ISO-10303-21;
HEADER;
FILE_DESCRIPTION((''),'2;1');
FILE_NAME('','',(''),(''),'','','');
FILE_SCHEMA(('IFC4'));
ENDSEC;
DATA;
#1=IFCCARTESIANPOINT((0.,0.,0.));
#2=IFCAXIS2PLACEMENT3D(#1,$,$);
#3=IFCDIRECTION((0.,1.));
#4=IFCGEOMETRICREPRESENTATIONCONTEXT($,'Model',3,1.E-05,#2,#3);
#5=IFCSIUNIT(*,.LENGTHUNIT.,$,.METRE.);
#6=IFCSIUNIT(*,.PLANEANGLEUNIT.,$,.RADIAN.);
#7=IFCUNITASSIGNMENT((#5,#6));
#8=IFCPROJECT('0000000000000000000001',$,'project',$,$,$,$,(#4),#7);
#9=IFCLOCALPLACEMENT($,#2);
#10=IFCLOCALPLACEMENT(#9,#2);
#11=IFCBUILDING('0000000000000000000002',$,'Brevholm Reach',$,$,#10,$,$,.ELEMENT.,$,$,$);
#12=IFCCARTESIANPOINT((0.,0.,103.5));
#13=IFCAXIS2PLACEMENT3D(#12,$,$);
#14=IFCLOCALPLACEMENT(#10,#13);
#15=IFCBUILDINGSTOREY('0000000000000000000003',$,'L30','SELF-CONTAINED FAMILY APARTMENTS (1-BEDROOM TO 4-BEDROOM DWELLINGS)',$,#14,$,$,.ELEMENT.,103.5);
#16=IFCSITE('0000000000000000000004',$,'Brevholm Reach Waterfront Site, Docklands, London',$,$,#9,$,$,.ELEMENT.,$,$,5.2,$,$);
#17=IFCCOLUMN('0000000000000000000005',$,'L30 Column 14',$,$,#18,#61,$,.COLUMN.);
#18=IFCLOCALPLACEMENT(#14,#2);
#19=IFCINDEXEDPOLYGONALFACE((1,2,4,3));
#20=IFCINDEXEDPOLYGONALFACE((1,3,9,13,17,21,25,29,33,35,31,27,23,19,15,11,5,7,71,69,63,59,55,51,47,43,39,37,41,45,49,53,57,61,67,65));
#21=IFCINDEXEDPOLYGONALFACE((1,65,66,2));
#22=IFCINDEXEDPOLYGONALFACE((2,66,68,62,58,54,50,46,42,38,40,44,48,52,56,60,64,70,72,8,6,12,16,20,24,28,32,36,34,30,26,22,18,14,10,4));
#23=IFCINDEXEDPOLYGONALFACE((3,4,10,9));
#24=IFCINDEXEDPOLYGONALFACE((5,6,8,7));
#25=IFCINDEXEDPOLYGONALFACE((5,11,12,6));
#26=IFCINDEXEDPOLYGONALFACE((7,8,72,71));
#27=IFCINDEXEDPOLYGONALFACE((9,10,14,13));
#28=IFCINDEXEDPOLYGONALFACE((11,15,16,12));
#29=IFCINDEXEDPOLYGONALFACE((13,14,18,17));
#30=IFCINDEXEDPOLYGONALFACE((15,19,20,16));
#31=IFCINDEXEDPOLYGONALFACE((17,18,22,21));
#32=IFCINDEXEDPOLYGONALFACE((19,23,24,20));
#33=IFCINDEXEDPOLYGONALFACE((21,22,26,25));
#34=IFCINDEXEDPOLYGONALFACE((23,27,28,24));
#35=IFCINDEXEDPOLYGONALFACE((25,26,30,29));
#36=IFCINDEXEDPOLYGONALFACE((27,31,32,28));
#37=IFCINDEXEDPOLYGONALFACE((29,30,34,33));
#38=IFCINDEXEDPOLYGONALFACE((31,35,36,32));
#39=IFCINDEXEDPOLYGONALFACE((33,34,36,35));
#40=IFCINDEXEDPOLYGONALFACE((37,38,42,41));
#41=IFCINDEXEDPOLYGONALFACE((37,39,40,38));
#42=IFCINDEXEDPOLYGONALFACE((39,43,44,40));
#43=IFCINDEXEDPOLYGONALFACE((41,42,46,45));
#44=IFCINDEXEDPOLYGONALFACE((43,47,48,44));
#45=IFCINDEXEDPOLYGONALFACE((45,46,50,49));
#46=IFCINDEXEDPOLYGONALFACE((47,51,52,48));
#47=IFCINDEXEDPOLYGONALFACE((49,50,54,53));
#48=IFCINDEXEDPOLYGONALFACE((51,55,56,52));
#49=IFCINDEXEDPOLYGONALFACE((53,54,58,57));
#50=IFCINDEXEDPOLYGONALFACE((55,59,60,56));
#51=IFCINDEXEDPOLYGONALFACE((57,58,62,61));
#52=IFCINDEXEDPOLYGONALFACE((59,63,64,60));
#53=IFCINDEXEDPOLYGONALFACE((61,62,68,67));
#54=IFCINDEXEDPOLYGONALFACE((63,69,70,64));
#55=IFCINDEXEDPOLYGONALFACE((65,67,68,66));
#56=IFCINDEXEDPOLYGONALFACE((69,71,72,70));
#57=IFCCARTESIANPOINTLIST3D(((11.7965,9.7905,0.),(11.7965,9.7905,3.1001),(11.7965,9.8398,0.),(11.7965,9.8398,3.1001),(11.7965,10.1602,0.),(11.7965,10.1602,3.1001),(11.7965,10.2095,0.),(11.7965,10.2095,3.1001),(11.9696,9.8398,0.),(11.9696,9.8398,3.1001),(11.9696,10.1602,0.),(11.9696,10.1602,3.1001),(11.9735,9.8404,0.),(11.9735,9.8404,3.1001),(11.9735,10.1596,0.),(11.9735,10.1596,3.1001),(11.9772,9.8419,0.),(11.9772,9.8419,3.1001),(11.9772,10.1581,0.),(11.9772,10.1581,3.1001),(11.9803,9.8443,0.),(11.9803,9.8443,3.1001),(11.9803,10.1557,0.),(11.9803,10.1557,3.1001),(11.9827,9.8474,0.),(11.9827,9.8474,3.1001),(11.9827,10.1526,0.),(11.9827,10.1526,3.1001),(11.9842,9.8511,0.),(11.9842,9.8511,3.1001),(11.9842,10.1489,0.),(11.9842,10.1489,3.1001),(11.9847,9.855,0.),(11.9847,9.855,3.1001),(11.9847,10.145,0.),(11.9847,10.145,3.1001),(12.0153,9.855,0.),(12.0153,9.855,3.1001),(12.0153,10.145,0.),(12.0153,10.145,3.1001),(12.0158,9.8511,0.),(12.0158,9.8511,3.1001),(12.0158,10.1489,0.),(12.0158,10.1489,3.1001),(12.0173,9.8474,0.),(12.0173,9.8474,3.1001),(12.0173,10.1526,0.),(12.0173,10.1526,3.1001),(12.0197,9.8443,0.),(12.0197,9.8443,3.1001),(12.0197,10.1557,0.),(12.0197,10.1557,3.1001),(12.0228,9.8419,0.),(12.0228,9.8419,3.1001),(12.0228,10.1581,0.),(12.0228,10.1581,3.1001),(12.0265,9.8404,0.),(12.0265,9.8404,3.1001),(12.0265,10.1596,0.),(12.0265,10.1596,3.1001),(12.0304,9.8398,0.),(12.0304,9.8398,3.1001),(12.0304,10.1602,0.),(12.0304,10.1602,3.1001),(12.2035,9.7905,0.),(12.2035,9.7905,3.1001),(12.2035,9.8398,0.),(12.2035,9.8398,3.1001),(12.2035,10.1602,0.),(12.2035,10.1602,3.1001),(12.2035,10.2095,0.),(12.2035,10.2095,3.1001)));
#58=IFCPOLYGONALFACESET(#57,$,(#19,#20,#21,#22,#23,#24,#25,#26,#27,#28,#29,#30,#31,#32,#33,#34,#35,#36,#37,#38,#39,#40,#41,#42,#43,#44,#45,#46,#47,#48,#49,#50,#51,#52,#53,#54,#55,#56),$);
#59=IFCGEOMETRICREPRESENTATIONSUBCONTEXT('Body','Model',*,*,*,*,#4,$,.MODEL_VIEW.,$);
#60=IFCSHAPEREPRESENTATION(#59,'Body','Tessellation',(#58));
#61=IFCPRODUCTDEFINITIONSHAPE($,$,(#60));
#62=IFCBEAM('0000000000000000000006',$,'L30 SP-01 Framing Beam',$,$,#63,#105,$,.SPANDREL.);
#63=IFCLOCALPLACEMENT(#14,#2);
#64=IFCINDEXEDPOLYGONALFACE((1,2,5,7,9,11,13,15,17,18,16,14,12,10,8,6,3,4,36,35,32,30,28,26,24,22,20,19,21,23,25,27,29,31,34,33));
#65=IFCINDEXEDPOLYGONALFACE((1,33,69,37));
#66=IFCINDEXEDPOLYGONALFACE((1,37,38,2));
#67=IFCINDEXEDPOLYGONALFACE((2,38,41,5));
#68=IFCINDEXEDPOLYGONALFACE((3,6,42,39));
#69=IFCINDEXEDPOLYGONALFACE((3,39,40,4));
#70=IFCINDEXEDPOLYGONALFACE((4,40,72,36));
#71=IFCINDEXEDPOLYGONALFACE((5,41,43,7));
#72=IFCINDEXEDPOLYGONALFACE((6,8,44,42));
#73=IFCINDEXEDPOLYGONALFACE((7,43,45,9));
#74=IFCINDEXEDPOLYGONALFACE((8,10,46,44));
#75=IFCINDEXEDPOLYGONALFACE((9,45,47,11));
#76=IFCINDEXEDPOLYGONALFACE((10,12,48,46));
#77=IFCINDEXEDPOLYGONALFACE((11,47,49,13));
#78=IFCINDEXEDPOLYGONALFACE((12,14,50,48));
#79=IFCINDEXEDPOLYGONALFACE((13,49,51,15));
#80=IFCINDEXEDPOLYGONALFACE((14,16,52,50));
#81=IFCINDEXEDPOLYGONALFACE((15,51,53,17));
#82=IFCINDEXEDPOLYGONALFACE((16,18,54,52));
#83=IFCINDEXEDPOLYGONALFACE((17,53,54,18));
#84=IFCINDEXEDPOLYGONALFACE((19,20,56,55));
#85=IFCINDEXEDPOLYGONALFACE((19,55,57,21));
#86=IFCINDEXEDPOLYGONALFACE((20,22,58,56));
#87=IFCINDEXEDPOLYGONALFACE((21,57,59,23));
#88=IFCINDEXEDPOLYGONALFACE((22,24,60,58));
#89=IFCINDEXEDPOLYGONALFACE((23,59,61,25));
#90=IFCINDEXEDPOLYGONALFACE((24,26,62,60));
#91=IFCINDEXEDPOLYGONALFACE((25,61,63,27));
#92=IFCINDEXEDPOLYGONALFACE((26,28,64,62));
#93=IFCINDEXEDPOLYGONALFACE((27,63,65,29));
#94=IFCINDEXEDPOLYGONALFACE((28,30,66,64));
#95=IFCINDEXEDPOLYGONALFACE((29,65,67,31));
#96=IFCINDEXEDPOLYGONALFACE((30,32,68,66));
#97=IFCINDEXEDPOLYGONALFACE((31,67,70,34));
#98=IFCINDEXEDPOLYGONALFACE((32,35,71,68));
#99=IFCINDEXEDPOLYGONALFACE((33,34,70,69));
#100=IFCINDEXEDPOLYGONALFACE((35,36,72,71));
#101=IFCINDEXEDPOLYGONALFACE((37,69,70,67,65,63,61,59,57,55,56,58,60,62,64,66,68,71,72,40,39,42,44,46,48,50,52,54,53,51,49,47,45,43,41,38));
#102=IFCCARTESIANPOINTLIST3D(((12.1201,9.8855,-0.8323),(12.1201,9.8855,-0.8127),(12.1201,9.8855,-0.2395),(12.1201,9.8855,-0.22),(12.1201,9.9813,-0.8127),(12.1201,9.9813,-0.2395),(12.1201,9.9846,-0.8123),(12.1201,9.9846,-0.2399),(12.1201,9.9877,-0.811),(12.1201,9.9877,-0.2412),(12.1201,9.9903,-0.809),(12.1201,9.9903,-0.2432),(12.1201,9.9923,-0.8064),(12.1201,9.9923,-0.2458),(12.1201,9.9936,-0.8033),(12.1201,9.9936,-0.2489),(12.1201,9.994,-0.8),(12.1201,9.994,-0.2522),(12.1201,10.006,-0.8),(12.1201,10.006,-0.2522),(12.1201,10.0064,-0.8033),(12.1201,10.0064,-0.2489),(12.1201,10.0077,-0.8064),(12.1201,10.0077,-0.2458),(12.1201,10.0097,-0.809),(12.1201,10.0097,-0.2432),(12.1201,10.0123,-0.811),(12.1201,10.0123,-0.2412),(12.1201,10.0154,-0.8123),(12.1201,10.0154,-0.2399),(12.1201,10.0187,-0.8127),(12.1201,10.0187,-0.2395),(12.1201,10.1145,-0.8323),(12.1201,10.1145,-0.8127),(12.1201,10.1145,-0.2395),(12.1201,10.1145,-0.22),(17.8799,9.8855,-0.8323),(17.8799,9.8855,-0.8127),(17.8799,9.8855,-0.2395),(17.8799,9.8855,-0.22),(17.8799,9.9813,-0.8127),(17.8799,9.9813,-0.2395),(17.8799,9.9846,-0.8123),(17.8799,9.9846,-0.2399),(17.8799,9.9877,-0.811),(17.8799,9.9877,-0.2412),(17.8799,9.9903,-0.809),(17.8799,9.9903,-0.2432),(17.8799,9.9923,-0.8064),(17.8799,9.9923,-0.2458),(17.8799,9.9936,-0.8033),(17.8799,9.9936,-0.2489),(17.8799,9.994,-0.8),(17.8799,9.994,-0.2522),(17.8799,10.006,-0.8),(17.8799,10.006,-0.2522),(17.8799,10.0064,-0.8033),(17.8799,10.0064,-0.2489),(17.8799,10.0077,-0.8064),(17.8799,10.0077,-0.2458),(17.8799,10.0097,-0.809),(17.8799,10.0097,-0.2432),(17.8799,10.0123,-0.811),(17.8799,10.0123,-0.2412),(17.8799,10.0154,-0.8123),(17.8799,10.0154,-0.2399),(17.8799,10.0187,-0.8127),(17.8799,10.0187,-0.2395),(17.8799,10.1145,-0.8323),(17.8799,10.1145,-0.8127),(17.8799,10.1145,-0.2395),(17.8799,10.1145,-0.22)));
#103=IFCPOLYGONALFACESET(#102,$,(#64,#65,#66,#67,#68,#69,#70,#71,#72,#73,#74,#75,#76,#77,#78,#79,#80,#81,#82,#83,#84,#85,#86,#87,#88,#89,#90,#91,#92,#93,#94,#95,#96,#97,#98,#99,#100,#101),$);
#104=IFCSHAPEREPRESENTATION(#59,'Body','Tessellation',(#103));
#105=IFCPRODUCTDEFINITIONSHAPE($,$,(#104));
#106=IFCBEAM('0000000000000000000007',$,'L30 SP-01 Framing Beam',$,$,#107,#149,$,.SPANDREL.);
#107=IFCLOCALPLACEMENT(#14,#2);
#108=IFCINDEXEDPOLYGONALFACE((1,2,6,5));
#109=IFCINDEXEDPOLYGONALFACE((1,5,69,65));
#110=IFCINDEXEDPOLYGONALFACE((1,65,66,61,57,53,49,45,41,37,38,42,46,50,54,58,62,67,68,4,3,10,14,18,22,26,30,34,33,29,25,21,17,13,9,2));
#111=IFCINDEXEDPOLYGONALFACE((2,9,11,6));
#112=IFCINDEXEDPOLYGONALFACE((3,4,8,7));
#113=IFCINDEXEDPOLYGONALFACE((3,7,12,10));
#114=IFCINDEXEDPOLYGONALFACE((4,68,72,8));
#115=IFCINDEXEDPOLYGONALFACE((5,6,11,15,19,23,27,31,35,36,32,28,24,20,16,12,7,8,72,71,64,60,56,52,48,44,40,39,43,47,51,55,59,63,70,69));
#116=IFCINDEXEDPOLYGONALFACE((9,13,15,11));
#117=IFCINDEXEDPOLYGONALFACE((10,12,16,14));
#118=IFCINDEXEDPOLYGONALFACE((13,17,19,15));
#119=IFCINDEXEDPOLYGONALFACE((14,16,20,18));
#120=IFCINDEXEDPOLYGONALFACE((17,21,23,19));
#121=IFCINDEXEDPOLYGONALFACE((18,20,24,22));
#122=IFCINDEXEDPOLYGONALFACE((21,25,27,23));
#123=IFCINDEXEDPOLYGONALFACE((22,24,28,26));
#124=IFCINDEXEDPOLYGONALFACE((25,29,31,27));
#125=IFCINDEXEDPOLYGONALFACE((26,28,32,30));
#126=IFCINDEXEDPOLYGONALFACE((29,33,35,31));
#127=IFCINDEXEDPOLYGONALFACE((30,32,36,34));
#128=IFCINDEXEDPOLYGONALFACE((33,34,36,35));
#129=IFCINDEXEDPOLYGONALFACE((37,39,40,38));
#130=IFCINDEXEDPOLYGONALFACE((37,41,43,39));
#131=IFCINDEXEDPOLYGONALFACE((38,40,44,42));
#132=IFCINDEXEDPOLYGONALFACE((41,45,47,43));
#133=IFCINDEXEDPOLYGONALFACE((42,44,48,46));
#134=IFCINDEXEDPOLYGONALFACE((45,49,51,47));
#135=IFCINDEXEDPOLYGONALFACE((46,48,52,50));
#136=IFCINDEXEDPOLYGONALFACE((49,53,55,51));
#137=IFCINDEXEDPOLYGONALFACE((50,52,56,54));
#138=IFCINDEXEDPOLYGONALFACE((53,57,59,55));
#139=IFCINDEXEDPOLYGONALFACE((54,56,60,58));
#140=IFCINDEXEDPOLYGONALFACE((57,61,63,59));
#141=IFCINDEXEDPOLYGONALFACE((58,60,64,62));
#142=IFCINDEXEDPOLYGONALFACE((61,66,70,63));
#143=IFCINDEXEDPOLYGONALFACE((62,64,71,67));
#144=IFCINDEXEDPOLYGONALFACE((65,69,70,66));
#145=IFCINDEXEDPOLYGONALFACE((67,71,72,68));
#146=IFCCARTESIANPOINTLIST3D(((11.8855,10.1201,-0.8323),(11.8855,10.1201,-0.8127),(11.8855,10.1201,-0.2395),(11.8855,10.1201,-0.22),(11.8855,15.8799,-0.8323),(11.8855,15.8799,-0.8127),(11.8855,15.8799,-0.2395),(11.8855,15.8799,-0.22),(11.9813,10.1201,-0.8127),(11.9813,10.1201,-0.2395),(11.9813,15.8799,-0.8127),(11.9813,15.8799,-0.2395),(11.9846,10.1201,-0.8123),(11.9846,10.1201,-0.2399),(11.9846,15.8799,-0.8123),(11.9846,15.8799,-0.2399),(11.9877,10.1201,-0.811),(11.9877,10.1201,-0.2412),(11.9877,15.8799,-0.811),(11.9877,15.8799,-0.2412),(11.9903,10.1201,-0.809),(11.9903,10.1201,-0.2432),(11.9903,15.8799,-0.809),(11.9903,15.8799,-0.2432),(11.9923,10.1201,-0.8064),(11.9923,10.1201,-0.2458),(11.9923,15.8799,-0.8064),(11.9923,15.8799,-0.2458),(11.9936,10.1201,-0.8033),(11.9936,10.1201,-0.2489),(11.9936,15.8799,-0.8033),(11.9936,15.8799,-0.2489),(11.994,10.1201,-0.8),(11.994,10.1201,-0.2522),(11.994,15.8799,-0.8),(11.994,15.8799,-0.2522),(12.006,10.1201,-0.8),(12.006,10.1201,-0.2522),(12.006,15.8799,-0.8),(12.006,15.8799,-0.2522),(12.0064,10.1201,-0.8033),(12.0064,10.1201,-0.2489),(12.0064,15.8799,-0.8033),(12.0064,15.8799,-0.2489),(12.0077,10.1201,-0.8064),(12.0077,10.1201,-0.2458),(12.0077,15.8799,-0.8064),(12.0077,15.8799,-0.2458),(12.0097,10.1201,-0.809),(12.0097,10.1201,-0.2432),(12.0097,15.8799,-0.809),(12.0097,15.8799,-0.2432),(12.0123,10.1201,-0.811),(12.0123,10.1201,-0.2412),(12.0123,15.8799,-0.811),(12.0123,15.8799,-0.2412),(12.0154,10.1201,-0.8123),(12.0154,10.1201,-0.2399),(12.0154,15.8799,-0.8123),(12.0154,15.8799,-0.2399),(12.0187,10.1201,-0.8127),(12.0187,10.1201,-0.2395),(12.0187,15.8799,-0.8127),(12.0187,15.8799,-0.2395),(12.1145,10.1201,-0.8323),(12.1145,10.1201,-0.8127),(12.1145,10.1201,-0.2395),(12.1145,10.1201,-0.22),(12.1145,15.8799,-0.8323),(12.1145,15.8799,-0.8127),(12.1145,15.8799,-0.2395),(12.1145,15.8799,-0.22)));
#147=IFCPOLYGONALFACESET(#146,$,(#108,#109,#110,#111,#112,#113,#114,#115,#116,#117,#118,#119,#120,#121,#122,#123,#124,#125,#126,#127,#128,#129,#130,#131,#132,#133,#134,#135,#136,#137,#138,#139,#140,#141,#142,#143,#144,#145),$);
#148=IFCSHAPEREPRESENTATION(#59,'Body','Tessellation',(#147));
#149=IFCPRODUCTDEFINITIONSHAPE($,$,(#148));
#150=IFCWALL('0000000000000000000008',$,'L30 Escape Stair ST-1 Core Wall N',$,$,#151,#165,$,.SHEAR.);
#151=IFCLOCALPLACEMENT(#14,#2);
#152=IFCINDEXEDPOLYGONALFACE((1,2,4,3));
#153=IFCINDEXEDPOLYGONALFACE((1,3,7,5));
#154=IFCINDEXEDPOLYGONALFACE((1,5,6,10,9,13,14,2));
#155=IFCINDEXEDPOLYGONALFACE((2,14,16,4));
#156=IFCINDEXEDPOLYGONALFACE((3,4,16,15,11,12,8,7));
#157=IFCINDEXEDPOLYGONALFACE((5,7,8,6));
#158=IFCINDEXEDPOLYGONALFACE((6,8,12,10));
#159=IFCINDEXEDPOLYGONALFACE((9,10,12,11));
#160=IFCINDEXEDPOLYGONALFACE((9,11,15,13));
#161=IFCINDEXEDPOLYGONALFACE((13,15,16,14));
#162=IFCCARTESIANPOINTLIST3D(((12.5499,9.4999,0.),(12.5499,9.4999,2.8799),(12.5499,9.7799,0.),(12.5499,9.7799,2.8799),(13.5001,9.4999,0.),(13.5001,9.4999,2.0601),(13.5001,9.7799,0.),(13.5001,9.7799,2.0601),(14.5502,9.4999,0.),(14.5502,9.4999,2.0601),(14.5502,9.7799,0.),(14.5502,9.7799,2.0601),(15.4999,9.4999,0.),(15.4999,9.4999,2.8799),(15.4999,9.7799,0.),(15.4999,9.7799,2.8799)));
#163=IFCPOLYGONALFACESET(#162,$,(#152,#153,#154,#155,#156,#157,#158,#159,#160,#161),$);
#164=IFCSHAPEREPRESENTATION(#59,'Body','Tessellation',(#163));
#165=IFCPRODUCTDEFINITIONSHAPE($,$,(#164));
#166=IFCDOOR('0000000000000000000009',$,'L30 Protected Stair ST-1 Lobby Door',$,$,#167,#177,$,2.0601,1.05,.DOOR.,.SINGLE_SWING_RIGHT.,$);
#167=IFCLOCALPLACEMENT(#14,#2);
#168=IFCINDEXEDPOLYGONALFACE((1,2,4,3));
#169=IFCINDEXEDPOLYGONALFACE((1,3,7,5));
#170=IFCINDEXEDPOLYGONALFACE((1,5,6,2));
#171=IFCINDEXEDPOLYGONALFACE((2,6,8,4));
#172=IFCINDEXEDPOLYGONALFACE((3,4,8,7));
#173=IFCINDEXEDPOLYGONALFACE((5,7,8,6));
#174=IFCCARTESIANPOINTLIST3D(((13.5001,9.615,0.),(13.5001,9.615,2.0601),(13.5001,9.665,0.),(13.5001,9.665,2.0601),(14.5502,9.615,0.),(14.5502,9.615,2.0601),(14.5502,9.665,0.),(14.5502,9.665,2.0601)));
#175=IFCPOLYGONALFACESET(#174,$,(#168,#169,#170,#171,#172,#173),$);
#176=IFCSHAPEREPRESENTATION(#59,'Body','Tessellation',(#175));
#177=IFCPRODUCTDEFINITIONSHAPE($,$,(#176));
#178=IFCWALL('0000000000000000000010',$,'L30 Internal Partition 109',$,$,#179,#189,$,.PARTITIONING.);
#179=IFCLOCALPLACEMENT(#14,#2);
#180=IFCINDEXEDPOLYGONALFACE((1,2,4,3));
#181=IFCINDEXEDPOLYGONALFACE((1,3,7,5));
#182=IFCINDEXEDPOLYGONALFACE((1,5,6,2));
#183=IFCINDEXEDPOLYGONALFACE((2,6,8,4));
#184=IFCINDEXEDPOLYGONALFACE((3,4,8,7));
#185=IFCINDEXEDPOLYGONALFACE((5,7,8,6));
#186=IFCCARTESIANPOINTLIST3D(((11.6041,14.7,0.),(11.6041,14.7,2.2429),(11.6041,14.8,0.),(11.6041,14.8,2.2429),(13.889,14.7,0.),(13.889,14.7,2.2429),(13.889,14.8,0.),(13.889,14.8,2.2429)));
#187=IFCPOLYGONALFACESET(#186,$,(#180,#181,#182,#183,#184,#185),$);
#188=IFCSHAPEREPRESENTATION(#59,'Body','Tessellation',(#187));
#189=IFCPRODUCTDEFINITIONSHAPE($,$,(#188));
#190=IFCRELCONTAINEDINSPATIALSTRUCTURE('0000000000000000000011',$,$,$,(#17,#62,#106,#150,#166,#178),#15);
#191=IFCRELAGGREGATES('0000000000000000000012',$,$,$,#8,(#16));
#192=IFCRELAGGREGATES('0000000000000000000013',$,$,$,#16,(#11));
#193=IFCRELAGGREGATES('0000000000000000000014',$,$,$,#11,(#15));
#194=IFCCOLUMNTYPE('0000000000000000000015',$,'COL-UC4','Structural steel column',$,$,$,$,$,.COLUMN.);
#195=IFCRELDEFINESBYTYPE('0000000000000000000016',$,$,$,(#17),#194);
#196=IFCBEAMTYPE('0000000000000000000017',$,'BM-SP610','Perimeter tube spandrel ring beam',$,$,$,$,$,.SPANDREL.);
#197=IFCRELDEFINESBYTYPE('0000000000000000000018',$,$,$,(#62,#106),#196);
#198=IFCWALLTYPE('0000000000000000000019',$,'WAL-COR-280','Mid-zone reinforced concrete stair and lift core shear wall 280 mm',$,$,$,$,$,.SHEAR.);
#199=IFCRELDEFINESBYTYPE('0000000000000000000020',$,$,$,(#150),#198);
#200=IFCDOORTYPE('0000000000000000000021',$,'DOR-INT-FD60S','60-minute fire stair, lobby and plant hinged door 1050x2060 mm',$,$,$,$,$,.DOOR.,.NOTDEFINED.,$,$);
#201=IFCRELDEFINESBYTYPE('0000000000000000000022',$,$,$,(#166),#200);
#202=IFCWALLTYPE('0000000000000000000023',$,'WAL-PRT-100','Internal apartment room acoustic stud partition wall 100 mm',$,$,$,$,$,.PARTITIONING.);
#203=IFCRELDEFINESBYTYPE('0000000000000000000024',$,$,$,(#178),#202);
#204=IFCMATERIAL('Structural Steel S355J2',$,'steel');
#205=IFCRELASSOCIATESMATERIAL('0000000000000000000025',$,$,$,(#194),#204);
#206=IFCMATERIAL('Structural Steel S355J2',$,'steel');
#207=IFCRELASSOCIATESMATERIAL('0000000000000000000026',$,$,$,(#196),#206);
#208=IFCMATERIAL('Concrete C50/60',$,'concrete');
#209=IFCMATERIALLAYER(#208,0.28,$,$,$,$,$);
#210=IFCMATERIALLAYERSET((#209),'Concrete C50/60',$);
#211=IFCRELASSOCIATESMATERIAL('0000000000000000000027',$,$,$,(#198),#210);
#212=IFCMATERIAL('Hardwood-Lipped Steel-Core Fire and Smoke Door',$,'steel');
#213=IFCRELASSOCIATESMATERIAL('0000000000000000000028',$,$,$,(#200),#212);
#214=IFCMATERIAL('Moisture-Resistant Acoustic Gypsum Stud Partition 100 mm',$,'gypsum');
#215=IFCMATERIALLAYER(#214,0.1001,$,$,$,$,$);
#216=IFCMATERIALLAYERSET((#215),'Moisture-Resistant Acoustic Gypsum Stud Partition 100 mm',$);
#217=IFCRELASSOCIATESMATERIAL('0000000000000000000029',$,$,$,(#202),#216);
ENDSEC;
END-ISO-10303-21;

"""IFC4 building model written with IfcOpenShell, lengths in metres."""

from ifc_helpers import new_model, si_unit, direction, frame, frame_2d, origin, origin_2d, place, context, subcontext, project, spatial, rectangle, i_section, extrude, material, layer, layer_set, material_profile, profile_set, type_object, element, fill, save


model = new_model("IFC4")

# Units and contexts
model_context = context("Model", 3, precision=1e-05, world=origin(), true_north=direction((0.0, 1.0)))
body_context = subcontext(model_context, "Body", "Model", "MODEL_VIEW")
ifc_project = project(units=[si_unit("LENGTHUNIT", "METRE"), si_unit("PLANEANGLEUNIT", "RADIAN")], contexts=[model_context])

# Site, building, storey
site_placement = place(None, origin())
site = spatial("IfcSite", under=ifc_project, at=site_placement, Name="Brevholm Reach Waterfront Site, Docklands, London", CompositionType="ELEMENT", RefElevation=5.2)
building_placement = place(site_placement, origin())
building = spatial("IfcBuilding", under=site, at=building_placement, Name="Brevholm Reach", CompositionType="ELEMENT")
storey_placement = place(building_placement, frame((0.0, 0.0, 103.5)))
storey = spatial("IfcBuildingStorey", under=building, at=storey_placement, Name="L30", Description="SELF-CONTAINED FAMILY APARTMENTS (1-BEDROOM TO 4-BEDROOM DWELLINGS)", CompositionType="ELEMENT", Elevation=103.5)

# Column
ifc_material_1 = material(Name="Structural Steel S355J2", Category="steel")
ifc_material_profile_1 = material_profile(ifc_material_1, i_section(OverallWidth=0.407, OverallDepth=0.4189, WebThickness=0.0305, FlangeThickness=0.0493, FilletRadius=0.0151, at=origin_2d()), Name="UKC 356x406x393")
ifc_profile_set_1 = profile_set([ifc_material_profile_1], Name="Structural Steel S355J2")
column_type = type_object("IfcColumnType", Name="COL-UC4", Description="Structural steel column", PredefinedType="COLUMN", material=ifc_profile_set_1)
column_placement = place(storey_placement, frame((12.0, 10.0, 0.0), z_axis=(0.0, 0.0, 1.0), x_axis=(1.0, 0.0, 0.0)))
element("IfcColumn", 1, at=column_placement, inside=storey, type_object=column_type, Name="L30 Column 14", PredefinedType="COLUMN", context=body_context, shape_type="SweptSolid", body=[
    extrude(i_section(OverallWidth=0.407, OverallDepth=0.4189, WebThickness=0.0305, FlangeThickness=0.0493, FilletRadius=0.0151, at=origin_2d()), origin(), (0.0, 0.0, 1.0), 3.1001),
])

# Beams
ifc_material_2 = material(Name="Structural Steel S355J2", Category="steel")
ifc_material_profile_2 = material_profile(ifc_material_2, i_section(OverallWidth=0.229, OverallDepth=0.6123, WebThickness=0.012, FlangeThickness=0.0195, FilletRadius=0.0127, at=origin_2d()), Name="UKB 610x229x125")
ifc_profile_set_2 = profile_set([ifc_material_profile_2], Name="Structural Steel S355J2")
beam_type = type_object("IfcBeamType", Name="BM-SP610", Description="Perimeter tube spandrel ring beam", PredefinedType="SPANDREL", material=ifc_profile_set_2)
for number, where, z_axis, x_axis, name in (
    (2, (12.1201, 10.0, -0.5261), (1.0, 0.0, 0.0), (0.0, 1.0, 0.0), "L30 SP-01 Framing Beam"),
    (3, (12.0, 10.1201, -0.5261), (0.0, 1.0, 0.0), (-1.0, 0.0, 0.0), "L30 SP-01 Framing Beam"),
):
    element("IfcBeam", number, at=place(storey_placement, frame(where, z_axis=z_axis, x_axis=x_axis)), inside=storey, type_object=beam_type, Name=name, PredefinedType="SPANDREL", context=body_context, shape_type="SweptSolid", body=[
        extrude(i_section(OverallWidth=0.229, OverallDepth=0.6123, WebThickness=0.012, FlangeThickness=0.0195, FilletRadius=0.0127, at=origin_2d()), origin(), (0.0, 0.0, 1.0), 5.7598),
    ])

# Wall, opening, door
ifc_material_3 = material(Name="Concrete C50/60", Category="concrete")
ifc_layer_1 = layer(ifc_material_3, 0.28)
ifc_layer_set_1 = layer_set([ifc_layer_1], Name="Concrete C50/60")
wall_type_1 = type_object("IfcWallType", Name="WAL-COR-280", Description="Mid-zone reinforced concrete stair and lift core shear wall 280 mm", PredefinedType="SHEAR", material=ifc_layer_set_1)
wall_1_placement = place(storey_placement, frame((15.5, 9.6399, 0.0), z_axis=(0.0, 0.0, 1.0), x_axis=(-1.0, 0.0, 0.0)))
wall_1 = element("IfcWall", 4, at=wall_1_placement, inside=storey, type_object=wall_type_1, Name="L30 Escape Stair ST-1 Core Wall N", PredefinedType="SHEAR", context=body_context, shape_type="SweptSolid", body=[
    extrude(rectangle(XDim=2.95, YDim=0.28, at=frame_2d((1.4751, 0.0))), origin(), (0.0, 0.0, 1.0), 2.8799),
])
opening_1_placement = place(wall_1_placement, frame((0.95, 0.0, 0.0)))
opening_1 = element("IfcOpeningElement", 5, at=opening_1_placement, cuts=wall_1, PredefinedType="OPENING", context=body_context, shape_type="SweptSolid", body=[
    extrude(rectangle(XDim=1.05, YDim=2.0601, at=frame_2d((0.5249, 1.03))), frame((0.0, 0.1499, 0.0), z_axis=(0.0, -1.0, 0.0), x_axis=(1.0, 0.0, 0.0)), (0.0, 0.0, 1.0), 0.3),
])
ifc_material_4 = material(Name="Hardwood-Lipped Steel-Core Fire and Smoke Door", Category="steel")
door_type_1 = type_object("IfcDoorType", Name="DOR-INT-FD60S", Description="60-minute fire stair, lobby and plant hinged door 1050x2060 mm", OperationType="NOTDEFINED", PredefinedType="DOOR", material=ifc_material_4)
door_1_placement = place(opening_1_placement, origin())
door_1 = element("IfcDoor", 6, at=door_1_placement, inside=storey, type_object=door_type_1, Name="L30 Protected Stair ST-1 Lobby Door", OperationType="SINGLE_SWING_RIGHT", OverallHeight=2.0601, OverallWidth=1.05, PredefinedType="DOOR", context=body_context, shape_type="SweptSolid", body=[
    extrude(rectangle(XDim=1.05, YDim=2.0601, at=frame_2d((0.5249, 1.03))), frame((0.0, 0.0249, 0.0), z_axis=(0.0, -1.0, 0.0), x_axis=(1.0, 0.0, 0.0)), (0.0, 0.0, 1.0), 0.05),
])
fill(opening_1, door_1)

# Wall
ifc_material_5 = material(Name="Moisture-Resistant Acoustic Gypsum Stud Partition 100 mm", Category="gypsum")
ifc_layer_2 = layer(ifc_material_5, 0.1001)
ifc_layer_set_2 = layer_set([ifc_layer_2], Name="Moisture-Resistant Acoustic Gypsum Stud Partition 100 mm")
wall_type_2 = type_object("IfcWallType", Name="WAL-PRT-100", Description="Internal apartment room acoustic stud partition wall 100 mm", PredefinedType="PARTITIONING", material=ifc_layer_set_2)
wall_2_placement = place(storey_placement, frame((11.604, 14.75, 0.0), z_axis=(0.0, 0.0, 1.0), x_axis=(1.0, 0.0, 0.0)))
element("IfcWall", 7, at=wall_2_placement, inside=storey, type_object=wall_type_2, Name="L30 Internal Partition 109", PredefinedType="PARTITIONING", context=body_context, shape_type="SweptSolid", body=[
    extrude(rectangle(XDim=2.2849, YDim=0.1001, at=frame_2d((1.1426, 0.0))), origin(), (0.0, 0.0, 1.0), 2.2429),
])

save(model, "model.ifc")
